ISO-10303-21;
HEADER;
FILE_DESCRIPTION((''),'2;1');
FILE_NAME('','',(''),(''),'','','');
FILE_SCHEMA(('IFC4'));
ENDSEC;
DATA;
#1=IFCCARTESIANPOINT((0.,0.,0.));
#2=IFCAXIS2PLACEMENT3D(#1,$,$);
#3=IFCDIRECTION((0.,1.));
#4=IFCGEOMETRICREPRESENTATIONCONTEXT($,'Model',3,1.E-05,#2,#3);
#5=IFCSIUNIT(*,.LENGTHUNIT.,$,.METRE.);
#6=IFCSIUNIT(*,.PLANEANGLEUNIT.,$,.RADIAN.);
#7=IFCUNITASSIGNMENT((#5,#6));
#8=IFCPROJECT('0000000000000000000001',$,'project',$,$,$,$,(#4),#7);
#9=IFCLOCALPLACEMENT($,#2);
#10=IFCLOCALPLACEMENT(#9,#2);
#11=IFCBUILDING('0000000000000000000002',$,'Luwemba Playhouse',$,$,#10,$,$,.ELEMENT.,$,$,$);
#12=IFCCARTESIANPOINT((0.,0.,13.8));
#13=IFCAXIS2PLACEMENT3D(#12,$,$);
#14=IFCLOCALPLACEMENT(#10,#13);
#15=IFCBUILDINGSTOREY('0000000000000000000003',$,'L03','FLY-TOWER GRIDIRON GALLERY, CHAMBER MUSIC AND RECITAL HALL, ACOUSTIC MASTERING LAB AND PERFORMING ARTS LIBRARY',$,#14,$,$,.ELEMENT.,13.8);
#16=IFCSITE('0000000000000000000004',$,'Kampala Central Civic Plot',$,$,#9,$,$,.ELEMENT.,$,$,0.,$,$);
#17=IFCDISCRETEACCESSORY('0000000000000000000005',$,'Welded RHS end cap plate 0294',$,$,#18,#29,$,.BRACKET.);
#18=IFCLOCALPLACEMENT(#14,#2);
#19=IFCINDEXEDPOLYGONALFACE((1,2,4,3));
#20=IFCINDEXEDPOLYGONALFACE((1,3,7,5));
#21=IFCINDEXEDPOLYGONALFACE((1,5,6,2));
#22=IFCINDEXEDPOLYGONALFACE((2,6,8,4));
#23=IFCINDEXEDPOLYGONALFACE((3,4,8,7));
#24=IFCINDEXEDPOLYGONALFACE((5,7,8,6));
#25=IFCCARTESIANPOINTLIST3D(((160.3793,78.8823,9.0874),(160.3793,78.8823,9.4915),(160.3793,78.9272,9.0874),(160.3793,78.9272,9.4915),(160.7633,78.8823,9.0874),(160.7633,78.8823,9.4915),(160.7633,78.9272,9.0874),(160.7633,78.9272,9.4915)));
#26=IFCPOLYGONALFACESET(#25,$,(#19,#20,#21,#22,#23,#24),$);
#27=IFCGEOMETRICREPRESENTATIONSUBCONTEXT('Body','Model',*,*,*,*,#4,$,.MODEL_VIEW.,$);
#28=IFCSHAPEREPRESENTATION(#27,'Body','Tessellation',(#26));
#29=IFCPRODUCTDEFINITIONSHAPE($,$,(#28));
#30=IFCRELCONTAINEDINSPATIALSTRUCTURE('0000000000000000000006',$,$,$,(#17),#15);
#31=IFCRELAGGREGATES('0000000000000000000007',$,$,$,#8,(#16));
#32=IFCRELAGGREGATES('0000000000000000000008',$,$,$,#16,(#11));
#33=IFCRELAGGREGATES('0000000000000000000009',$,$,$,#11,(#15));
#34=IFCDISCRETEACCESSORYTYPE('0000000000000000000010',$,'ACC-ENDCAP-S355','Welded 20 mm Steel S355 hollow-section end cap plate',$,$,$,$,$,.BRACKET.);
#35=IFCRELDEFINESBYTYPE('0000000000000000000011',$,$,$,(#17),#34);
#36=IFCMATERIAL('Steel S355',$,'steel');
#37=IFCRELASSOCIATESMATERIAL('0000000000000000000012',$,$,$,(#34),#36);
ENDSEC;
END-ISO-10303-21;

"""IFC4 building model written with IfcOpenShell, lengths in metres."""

from ifc_helpers import new_model, si_unit, direction, frame, origin, origin_2d, place, context, subcontext, project, spatial, rectangle, extrude, material, type_object, element, save


model = new_model("IFC4")

# Units and contexts
model_context = context("Model", 3, precision=1e-05, world=origin(), true_north=direction((0.0, 1.0)))
body_context = subcontext(model_context, "Body", "Model", "MODEL_VIEW")
ifc_project = project(units=[si_unit("LENGTHUNIT", "METRE"), si_unit("PLANEANGLEUNIT", "RADIAN")], contexts=[model_context])

# Site, building, storey
site_placement = place(None, origin())
site = spatial("IfcSite", under=ifc_project, at=site_placement, Name="Kampala Central Civic Plot", CompositionType="ELEMENT", RefElevation=0.0)
building_placement = place(site_placement, origin())
building = spatial("IfcBuilding", under=site, at=building_placement, Name="Luwemba Playhouse", CompositionType="ELEMENT")
storey_placement = place(building_placement, frame((0.0, 0.0, 13.8)))
storey = spatial("IfcBuildingStorey", under=building, at=storey_placement, Name="L03", Description="FLY-TOWER GRIDIRON GALLERY, CHAMBER MUSIC AND RECITAL HALL, ACOUSTIC MASTERING LAB AND PERFORMING ARTS LIBRARY", CompositionType="ELEMENT", Elevation=13.8)

# Shared definitions
ifc_material_1 = material(Name="Steel S355", Category="steel")

# Discrete accessory
discrete_accessory_type = type_object("IfcDiscreteAccessoryType", Name="ACC-ENDCAP-S355", Description="Welded 20 mm Steel S355 hollow-section end cap plate", PredefinedType="BRACKET", material=ifc_material_1)
discrete_accessory_placement = place(storey_placement, frame((160.5713, 78.9048, 9.0874), z_axis=(0.0, 0.0, 1.0), x_axis=(1.0, 0.0, 0.0)))
element("IfcDiscreteAccessory", 1, at=discrete_accessory_placement, inside=storey, type_object=discrete_accessory_type, Name="Welded RHS end cap plate 0294", PredefinedType="BRACKET", context=body_context, shape_type="SweptSolid", body=[
    extrude(rectangle(XDim=0.384, YDim=0.0449, at=origin_2d()), origin(), (0.0, 0.0, 1.0), 0.4041),
])

save(model, "model.ifc")
